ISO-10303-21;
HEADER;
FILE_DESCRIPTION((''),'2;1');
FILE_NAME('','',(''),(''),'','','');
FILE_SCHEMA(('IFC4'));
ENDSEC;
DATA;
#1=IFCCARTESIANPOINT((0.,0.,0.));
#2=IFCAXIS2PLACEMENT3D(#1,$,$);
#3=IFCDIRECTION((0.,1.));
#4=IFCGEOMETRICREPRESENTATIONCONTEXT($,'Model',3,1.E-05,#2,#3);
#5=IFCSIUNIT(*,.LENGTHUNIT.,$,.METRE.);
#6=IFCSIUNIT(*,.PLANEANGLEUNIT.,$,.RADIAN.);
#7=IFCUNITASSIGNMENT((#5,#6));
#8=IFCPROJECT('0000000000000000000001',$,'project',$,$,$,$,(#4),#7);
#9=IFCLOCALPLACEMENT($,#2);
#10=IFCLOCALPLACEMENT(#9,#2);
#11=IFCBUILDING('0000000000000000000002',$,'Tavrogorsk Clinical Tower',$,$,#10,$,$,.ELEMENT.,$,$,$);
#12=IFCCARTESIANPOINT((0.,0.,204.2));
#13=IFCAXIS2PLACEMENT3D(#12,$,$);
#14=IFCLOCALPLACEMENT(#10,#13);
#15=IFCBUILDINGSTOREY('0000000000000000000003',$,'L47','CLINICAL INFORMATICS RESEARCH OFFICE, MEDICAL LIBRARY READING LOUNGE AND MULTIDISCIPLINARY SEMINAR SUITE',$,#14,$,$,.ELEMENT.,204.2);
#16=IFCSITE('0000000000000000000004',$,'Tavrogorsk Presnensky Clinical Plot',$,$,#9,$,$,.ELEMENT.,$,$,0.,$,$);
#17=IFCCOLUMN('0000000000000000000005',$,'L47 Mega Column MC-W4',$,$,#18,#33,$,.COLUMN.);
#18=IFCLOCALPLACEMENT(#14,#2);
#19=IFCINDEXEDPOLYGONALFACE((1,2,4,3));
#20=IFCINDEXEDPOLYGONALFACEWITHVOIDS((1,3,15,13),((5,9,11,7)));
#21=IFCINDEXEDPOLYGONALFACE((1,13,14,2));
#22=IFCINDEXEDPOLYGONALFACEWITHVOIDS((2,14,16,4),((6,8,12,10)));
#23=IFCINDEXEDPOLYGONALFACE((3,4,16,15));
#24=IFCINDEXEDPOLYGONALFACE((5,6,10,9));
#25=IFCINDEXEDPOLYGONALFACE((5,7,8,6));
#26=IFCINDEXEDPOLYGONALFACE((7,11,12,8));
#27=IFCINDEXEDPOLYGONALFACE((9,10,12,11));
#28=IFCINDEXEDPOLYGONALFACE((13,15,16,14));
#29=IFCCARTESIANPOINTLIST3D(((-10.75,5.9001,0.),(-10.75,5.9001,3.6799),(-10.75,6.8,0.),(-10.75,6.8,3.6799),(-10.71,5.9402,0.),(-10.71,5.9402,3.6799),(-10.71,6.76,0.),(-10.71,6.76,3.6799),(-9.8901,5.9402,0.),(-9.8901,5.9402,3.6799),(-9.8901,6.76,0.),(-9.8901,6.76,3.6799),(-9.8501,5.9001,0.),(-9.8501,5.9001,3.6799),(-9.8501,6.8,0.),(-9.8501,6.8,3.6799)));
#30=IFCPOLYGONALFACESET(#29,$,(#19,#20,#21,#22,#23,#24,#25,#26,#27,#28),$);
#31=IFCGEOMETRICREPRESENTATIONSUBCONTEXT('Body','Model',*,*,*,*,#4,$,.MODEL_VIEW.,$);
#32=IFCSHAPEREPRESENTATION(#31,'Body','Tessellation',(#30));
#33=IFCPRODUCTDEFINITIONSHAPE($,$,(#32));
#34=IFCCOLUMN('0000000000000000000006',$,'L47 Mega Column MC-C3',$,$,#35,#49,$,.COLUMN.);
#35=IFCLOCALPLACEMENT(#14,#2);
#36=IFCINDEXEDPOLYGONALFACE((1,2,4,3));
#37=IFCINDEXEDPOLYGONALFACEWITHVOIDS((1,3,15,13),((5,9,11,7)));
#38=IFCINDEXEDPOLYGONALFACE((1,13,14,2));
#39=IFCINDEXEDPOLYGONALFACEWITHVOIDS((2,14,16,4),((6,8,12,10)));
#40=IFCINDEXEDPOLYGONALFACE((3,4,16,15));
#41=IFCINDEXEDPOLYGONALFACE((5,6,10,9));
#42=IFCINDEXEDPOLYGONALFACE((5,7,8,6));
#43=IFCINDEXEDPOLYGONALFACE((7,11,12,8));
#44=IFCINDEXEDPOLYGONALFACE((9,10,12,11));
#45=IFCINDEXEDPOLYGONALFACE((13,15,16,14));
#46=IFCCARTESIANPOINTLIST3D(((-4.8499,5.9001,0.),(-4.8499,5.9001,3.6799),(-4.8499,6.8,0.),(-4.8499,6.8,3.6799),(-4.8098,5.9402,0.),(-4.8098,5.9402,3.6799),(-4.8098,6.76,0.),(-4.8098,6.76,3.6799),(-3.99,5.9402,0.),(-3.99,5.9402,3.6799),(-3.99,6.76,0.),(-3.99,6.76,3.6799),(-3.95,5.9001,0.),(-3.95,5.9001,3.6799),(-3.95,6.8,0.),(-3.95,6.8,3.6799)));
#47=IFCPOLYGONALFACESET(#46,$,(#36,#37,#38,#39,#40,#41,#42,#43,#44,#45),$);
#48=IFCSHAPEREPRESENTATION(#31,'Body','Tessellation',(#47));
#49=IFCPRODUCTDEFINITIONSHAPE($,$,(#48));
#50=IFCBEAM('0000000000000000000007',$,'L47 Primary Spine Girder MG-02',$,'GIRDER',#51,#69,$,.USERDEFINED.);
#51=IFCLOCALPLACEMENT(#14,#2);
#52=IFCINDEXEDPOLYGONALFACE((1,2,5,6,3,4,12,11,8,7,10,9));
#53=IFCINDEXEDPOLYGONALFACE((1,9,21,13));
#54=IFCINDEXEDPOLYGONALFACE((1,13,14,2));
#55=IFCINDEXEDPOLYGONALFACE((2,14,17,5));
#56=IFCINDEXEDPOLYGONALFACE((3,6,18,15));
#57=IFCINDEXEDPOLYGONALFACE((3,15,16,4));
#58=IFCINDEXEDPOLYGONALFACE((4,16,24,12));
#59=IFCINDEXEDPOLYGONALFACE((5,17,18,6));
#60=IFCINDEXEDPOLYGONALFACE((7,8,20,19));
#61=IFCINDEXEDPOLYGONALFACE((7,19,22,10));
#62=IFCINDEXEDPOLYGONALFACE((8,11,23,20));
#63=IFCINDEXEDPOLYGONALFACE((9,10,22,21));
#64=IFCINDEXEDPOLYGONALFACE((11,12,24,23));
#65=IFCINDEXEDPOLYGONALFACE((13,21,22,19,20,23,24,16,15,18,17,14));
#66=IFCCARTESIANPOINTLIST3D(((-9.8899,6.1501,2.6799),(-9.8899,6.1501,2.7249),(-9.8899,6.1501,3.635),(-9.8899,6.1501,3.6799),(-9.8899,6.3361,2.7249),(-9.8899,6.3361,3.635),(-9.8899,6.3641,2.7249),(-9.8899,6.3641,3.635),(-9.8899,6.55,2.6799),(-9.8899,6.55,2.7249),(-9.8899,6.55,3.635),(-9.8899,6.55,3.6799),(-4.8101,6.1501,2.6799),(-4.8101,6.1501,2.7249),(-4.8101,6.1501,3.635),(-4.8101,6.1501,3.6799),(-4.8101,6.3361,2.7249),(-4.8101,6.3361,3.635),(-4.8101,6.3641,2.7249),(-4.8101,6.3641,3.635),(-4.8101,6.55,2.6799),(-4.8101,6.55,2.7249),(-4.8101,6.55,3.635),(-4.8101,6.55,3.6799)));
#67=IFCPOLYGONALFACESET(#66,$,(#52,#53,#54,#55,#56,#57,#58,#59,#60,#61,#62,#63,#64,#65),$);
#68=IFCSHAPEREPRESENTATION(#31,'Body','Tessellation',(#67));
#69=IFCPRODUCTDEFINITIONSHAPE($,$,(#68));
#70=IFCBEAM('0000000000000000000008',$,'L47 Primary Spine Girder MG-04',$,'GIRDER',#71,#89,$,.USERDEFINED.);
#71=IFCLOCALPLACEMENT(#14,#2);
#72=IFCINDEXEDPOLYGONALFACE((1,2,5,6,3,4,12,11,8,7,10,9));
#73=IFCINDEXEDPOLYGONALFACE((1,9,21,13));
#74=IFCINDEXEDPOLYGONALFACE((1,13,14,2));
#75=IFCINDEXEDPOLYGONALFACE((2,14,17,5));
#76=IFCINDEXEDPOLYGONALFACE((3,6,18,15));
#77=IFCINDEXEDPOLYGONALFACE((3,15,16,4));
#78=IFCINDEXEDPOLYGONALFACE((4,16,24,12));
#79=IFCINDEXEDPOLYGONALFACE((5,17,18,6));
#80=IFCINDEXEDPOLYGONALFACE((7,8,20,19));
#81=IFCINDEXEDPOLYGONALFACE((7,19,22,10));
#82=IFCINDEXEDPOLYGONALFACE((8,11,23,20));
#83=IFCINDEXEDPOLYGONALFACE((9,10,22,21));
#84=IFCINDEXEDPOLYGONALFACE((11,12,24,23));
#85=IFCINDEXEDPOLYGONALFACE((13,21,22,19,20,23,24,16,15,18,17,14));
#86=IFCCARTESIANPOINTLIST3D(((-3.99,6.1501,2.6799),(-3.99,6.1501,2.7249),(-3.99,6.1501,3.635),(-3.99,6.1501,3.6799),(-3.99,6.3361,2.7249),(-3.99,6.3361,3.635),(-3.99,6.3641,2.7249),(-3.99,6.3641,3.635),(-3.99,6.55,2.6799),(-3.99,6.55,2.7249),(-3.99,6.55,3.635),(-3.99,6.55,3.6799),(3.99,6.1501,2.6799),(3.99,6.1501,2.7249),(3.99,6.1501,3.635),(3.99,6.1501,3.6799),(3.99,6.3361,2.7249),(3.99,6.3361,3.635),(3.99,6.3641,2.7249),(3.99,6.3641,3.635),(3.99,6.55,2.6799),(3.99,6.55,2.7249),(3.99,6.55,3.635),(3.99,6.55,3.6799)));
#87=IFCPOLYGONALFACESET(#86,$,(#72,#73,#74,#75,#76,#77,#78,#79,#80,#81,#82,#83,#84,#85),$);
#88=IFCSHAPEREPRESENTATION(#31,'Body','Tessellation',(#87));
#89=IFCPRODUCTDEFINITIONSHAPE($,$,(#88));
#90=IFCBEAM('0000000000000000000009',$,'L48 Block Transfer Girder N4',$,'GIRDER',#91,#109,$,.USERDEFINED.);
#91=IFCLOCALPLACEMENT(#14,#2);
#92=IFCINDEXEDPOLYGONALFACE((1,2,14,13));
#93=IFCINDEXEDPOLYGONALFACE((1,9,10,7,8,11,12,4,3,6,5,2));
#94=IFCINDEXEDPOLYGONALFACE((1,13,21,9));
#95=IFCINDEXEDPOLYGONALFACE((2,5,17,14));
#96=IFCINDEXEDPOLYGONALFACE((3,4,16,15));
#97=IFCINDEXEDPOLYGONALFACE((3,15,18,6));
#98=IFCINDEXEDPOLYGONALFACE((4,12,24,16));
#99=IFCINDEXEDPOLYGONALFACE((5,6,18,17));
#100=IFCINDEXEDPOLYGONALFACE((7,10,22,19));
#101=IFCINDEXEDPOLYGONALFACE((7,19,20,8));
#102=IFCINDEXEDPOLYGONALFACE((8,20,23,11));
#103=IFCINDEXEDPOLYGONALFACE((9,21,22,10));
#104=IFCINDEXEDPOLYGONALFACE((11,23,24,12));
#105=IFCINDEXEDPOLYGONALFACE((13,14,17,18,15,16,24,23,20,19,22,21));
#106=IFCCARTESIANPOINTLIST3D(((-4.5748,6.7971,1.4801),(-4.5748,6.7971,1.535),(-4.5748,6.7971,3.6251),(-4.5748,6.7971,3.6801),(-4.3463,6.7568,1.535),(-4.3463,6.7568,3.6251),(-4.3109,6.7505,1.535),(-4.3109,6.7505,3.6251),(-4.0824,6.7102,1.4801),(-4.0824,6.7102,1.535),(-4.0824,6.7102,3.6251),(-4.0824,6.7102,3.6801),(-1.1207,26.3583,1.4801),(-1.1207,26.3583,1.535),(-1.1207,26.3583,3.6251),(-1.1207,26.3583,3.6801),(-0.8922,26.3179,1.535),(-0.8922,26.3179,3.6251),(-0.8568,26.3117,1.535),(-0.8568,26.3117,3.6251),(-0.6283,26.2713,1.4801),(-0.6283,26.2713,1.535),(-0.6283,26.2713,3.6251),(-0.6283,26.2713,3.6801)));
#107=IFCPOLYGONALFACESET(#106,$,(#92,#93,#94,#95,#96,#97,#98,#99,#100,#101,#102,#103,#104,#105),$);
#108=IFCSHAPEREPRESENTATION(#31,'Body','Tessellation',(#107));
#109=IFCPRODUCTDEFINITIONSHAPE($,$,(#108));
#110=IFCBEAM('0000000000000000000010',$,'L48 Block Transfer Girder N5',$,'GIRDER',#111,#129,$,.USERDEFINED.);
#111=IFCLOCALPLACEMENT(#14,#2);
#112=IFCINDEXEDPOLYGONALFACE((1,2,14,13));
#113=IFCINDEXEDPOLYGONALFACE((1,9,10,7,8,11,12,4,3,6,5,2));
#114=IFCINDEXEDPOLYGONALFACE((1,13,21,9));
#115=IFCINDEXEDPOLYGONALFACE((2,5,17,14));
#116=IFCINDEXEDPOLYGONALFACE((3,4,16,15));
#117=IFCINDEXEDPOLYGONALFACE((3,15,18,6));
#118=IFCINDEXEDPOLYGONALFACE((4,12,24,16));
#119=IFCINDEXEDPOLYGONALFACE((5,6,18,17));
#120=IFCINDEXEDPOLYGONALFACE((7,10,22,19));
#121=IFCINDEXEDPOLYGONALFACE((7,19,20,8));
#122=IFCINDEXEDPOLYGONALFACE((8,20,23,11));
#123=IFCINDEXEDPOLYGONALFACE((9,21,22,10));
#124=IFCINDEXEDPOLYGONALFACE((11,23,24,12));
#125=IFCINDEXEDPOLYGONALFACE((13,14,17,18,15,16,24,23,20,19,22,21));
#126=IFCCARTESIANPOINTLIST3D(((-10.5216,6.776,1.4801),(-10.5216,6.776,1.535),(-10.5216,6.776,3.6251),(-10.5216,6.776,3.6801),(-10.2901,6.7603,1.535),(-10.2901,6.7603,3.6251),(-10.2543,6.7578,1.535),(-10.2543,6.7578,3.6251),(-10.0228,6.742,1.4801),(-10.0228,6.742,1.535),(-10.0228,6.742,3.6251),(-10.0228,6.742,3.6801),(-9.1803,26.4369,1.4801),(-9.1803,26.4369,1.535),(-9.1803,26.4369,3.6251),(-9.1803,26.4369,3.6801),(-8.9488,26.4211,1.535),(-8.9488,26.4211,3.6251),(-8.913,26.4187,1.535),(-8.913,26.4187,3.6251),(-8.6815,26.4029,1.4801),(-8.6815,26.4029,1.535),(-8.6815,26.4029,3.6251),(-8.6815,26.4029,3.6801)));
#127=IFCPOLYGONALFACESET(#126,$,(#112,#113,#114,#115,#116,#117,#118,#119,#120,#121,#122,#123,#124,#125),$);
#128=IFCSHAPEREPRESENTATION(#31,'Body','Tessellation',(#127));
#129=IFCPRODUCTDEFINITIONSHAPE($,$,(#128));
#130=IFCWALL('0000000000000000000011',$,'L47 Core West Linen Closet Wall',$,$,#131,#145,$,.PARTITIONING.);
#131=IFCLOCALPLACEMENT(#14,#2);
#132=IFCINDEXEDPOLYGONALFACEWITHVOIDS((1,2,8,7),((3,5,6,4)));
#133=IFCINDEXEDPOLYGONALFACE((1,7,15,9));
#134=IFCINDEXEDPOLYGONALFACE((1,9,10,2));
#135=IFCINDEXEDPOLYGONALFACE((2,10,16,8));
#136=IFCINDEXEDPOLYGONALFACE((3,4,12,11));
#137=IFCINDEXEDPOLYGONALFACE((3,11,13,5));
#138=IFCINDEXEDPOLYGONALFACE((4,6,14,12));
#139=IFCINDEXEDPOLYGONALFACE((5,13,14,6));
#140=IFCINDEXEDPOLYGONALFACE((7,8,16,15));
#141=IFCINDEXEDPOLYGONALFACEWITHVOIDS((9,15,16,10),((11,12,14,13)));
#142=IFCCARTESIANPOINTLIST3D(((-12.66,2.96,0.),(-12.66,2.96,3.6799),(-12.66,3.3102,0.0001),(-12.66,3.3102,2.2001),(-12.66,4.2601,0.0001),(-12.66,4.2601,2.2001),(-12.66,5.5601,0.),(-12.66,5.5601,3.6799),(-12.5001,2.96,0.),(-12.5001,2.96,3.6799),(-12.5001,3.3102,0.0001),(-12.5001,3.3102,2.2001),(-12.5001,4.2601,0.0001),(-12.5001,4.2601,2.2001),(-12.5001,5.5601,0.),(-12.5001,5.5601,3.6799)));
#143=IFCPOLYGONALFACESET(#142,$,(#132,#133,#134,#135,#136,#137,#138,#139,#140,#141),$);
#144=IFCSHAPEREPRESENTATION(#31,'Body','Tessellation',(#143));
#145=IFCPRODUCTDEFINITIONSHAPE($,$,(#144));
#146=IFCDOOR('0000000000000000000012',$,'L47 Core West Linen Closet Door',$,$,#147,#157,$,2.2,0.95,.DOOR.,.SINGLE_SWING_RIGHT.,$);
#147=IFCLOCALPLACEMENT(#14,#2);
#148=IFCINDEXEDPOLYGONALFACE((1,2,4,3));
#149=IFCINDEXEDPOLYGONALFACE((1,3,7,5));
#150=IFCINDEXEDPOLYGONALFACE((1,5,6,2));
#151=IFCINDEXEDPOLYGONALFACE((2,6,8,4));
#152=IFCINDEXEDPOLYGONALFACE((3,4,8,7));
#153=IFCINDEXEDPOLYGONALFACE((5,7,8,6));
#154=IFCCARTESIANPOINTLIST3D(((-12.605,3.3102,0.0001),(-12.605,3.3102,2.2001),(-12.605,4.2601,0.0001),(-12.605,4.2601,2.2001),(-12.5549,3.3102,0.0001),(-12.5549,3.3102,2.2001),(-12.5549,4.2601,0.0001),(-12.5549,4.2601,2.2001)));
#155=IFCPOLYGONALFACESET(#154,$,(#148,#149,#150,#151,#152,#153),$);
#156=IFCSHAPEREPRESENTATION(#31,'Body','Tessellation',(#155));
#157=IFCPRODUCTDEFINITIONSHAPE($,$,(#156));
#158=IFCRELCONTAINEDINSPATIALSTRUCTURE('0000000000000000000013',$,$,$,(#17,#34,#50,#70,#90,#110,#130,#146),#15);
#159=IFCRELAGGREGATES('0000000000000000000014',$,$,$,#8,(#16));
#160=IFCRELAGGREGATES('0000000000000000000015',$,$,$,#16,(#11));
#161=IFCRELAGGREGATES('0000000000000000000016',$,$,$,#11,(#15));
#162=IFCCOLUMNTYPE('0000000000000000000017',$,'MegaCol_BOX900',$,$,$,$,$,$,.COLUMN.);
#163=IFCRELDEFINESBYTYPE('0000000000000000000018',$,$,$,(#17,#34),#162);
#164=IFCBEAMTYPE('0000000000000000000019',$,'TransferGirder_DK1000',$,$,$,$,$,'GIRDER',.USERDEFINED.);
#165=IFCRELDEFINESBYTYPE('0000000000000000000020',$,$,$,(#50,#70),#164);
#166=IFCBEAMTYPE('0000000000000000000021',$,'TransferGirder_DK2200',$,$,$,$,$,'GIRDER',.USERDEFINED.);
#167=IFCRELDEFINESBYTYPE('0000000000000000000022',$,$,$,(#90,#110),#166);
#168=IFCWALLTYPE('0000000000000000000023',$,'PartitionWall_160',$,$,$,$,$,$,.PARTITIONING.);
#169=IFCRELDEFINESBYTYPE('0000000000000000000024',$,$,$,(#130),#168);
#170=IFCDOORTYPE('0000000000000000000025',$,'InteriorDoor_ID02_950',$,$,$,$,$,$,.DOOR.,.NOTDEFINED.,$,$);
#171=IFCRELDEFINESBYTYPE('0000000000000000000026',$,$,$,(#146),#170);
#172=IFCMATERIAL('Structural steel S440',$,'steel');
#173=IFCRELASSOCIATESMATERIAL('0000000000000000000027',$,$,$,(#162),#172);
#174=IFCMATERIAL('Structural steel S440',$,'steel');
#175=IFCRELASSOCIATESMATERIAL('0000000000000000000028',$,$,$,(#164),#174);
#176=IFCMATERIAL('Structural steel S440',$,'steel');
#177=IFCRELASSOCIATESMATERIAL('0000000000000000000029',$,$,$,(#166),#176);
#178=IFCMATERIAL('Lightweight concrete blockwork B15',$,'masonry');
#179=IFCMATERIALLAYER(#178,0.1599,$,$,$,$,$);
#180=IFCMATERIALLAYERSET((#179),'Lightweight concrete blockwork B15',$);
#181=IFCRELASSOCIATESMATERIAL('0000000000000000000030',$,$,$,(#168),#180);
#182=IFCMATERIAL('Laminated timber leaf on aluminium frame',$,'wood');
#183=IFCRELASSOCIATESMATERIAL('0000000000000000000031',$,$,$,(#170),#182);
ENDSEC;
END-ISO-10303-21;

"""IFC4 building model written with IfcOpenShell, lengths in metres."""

from ifc_helpers import new_model, si_unit, direction, frame, frame_2d, origin, origin_2d, place, context, subcontext, project, spatial, rectangle, hollow_rectangle, i_section, extrude, material, layer, layer_set, material_profile, profile_set, type_object, element, fill, save


model = new_model("IFC4")

# Units and contexts
model_context = context("Model", 3, precision=1e-05, world=origin(), true_north=direction((0.0, 1.0)))
body_context = subcontext(model_context, "Body", "Model", "MODEL_VIEW")
ifc_project = project(units=[si_unit("LENGTHUNIT", "METRE"), si_unit("PLANEANGLEUNIT", "RADIAN")], contexts=[model_context])

# Site, building, storey
site_placement = place(None, origin())
site = spatial("IfcSite", under=ifc_project, at=site_placement, Name="Tavrogorsk Presnensky Clinical Plot", CompositionType="ELEMENT", RefElevation=0.0)
building_placement = place(site_placement, origin())
building = spatial("IfcBuilding", under=site, at=building_placement, Name="Tavrogorsk Clinical Tower", CompositionType="ELEMENT")
storey_placement = place(building_placement, frame((0.0, 0.0, 204.2)))
storey = spatial("IfcBuildingStorey", under=building, at=storey_placement, Name="L47", Description="CLINICAL INFORMATICS RESEARCH OFFICE, MEDICAL LIBRARY READING LOUNGE AND MULTIDISCIPLINARY SEMINAR SUITE", CompositionType="ELEMENT", Elevation=204.2)

# Columns
ifc_material_1 = material(Name="Structural steel S440", Category="steel")
ifc_material_profile_1 = material_profile(ifc_material_1, hollow_rectangle(XDim=0.8999, YDim=0.8999, WallThickness=0.04, at=origin_2d()), Name="BOX-900x900x40")
ifc_profile_set_1 = profile_set([ifc_material_profile_1], Name="Structural steel S440")
column_type = type_object("IfcColumnType", Name="MegaCol_BOX900", PredefinedType="COLUMN", material=ifc_profile_set_1)
for number, where, z_axis, x_axis, name in (
    (1, (-10.3, 6.3501, 0.0), (0.0, 0.0, 1.0), (1.0, 0.0, 0.0), "L47 Mega Column MC-W4"),
    (2, (-4.3999, 6.3501, 0.0), (0.0, 0.0, 1.0), (1.0, 0.0, 0.0), "L47 Mega Column MC-C3"),
):
    element("IfcColumn", number, at=place(storey_placement, frame(where, z_axis=z_axis, x_axis=x_axis)), inside=storey, type_object=column_type, Name=name, PredefinedType="COLUMN", context=body_context, shape_type="SweptSolid", body=[
        extrude(hollow_rectangle(XDim=0.8999, YDim=0.8999, WallThickness=0.04, at=origin_2d()), origin(), (0.0, 0.0, 1.0), 3.6799),
    ])

# Beams
ifc_material_2 = material(Name="Structural steel S440", Category="steel")
ifc_material_profile_2 = material_profile(ifc_material_2, i_section(OverallWidth=0.3999, OverallDepth=1.0, WebThickness=0.0281, FlangeThickness=0.0449, at=origin_2d()), Name="DK-1000x400x28x45")
ifc_profile_set_2 = profile_set([ifc_material_profile_2], Name="Structural steel S440")
beam_type_1 = type_object("IfcBeamType", Name="TransferGirder_DK1000", ElementType="GIRDER", PredefinedType="USERDEFINED", material=ifc_profile_set_2)
beam_1_placement = place(storey_placement, frame((-9.8899, 6.3501, 3.1799), z_axis=(1.0, 0.0, 0.0), x_axis=(0.0, 1.0, 0.0)))
element("IfcBeam", 3, at=beam_1_placement, inside=storey, type_object=beam_type_1, Name="L47 Primary Spine Girder MG-02", ObjectType="GIRDER", PredefinedType="USERDEFINED", context=body_context, shape_type="SweptSolid", body=[
    extrude(i_section(OverallWidth=0.3999, OverallDepth=1.0, WebThickness=0.0281, FlangeThickness=0.0449, at=origin_2d()), origin(), (0.0, 0.0, 1.0), 5.0798),
])
beam_2_placement = place(storey_placement, frame((-3.99, 6.3501, 3.1799), z_axis=(1.0, 0.0, 0.0), x_axis=(0.0, 1.0, 0.0)))
element("IfcBeam", 4, at=beam_2_placement, inside=storey, type_object=beam_type_1, Name="L47 Primary Spine Girder MG-04", ObjectType="GIRDER", PredefinedType="USERDEFINED", context=body_context, shape_type="SweptSolid", body=[
    extrude(i_section(OverallWidth=0.3999, OverallDepth=1.0, WebThickness=0.0281, FlangeThickness=0.0449, at=origin_2d()), origin(), (0.0, 0.0, 1.0), 7.98),
])
ifc_material_3 = material(Name="Structural steel S440", Category="steel")
ifc_material_profile_3 = material_profile(ifc_material_3, i_section(OverallWidth=0.5, OverallDepth=2.2, WebThickness=0.0359, FlangeThickness=0.0549, at=origin_2d()), Name="DK-2200x500x36x55")
ifc_profile_set_3 = profile_set([ifc_material_profile_3], Name="Structural steel S440")
beam_type_2 = type_object("IfcBeamType", Name="TransferGirder_DK2200", ElementType="GIRDER", PredefinedType="USERDEFINED", material=ifc_profile_set_3)
beam_3_placement = place(storey_placement, frame((-4.3286, 6.7537, 2.5801), z_axis=(0.173891, 0.984765, 0.0), x_axis=(-0.984765, 0.173891, 0.0)))
element("IfcBeam", 5, at=beam_3_placement, inside=storey, type_object=beam_type_2, Name="L48 Block Transfer Girder N4", ObjectType="GIRDER", PredefinedType="USERDEFINED", context=body_context, shape_type="SweptSolid", body=[
    extrude(i_section(OverallWidth=0.5, OverallDepth=2.2, WebThickness=0.0359, FlangeThickness=0.0549, at=origin_2d()), origin(), (0.0, 0.0, 1.0), 19.8638),
])
beam_4_placement = place(storey_placement, frame((-10.2722, 6.759, 2.5801), z_axis=(0.068064, 0.997681, 0.0), x_axis=(-0.997681, 0.068064, 0.0)))
element("IfcBeam", 6, at=beam_4_placement, inside=storey, type_object=beam_type_2, Name="L48 Block Transfer Girder N5", ObjectType="GIRDER", PredefinedType="USERDEFINED", context=body_context, shape_type="SweptSolid", body=[
    extrude(i_section(OverallWidth=0.5, OverallDepth=2.2, WebThickness=0.0359, FlangeThickness=0.0549, at=origin_2d()), origin(), (0.0, 0.0, 1.0), 19.7065),
])

# Wall, opening, door
ifc_material_4 = material(Name="Lightweight concrete blockwork B15", Category="masonry")
ifc_layer_1 = layer(ifc_material_4, 0.1599)
ifc_layer_set_1 = layer_set([ifc_layer_1], Name="Lightweight concrete blockwork B15")
wall_type_1 = type_object("IfcWallType", Name="PartitionWall_160", PredefinedType="PARTITIONING", material=ifc_layer_set_1)
wall_1_placement = place(storey_placement, frame((-12.5801, 2.96, 0.0), z_axis=(0.0, 0.0, 1.0), x_axis=(0.0, 1.0, 0.0)))
wall_1 = element("IfcWall", 7, at=wall_1_placement, inside=storey, type_object=wall_type_1, Name="L47 Core West Linen Closet Wall", PredefinedType="PARTITIONING", context=body_context, shape_type="SweptSolid", body=[
    extrude(rectangle(XDim=2.6001, YDim=0.1599, at=frame_2d((1.3, 0.0))), origin(), (0.0, 0.0, 1.0), 3.6799),
])
opening_1_placement = place(wall_1_placement, frame((0.3501, 0.0, 0.0)))
opening_1 = element("IfcOpeningElement", 8, at=opening_1_placement, cuts=wall_1, PredefinedType="OPENING", context=body_context, shape_type="SweptSolid", body=[
    extrude(rectangle(XDim=0.95, YDim=2.2, at=frame_2d((0.4751, 1.1001))), frame((0.0, 0.0898, 0.0), z_axis=(0.0, -1.0, 0.0), x_axis=(1.0, 0.0, 0.0)), (0.0, 0.0, 1.0), 0.1799),
])
ifc_material_5 = material(Name="Laminated timber leaf on aluminium frame", Category="wood")
door_type_1 = type_object("IfcDoorType", Name="InteriorDoor_ID02_950", OperationType="NOTDEFINED", PredefinedType="DOOR", material=ifc_material_5)
door_1_placement = place(opening_1_placement, origin())
door_1 = element("IfcDoor", 9, at=door_1_placement, inside=storey, type_object=door_type_1, Name="L47 Core West Linen Closet Door", OperationType="SINGLE_SWING_RIGHT", OverallHeight=2.2, OverallWidth=0.95, PredefinedType="DOOR", context=body_context, shape_type="SweptSolid", body=[
    extrude(rectangle(XDim=0.95, YDim=2.2, at=frame_2d((0.4751, 1.1001))), frame((0.0, 0.0249, 0.0), z_axis=(0.0, -1.0, 0.0), x_axis=(1.0, 0.0, 0.0)), (0.0, 0.0, 1.0), 0.05),
])
fill(opening_1, door_1)

save(model, "model.ifc")
